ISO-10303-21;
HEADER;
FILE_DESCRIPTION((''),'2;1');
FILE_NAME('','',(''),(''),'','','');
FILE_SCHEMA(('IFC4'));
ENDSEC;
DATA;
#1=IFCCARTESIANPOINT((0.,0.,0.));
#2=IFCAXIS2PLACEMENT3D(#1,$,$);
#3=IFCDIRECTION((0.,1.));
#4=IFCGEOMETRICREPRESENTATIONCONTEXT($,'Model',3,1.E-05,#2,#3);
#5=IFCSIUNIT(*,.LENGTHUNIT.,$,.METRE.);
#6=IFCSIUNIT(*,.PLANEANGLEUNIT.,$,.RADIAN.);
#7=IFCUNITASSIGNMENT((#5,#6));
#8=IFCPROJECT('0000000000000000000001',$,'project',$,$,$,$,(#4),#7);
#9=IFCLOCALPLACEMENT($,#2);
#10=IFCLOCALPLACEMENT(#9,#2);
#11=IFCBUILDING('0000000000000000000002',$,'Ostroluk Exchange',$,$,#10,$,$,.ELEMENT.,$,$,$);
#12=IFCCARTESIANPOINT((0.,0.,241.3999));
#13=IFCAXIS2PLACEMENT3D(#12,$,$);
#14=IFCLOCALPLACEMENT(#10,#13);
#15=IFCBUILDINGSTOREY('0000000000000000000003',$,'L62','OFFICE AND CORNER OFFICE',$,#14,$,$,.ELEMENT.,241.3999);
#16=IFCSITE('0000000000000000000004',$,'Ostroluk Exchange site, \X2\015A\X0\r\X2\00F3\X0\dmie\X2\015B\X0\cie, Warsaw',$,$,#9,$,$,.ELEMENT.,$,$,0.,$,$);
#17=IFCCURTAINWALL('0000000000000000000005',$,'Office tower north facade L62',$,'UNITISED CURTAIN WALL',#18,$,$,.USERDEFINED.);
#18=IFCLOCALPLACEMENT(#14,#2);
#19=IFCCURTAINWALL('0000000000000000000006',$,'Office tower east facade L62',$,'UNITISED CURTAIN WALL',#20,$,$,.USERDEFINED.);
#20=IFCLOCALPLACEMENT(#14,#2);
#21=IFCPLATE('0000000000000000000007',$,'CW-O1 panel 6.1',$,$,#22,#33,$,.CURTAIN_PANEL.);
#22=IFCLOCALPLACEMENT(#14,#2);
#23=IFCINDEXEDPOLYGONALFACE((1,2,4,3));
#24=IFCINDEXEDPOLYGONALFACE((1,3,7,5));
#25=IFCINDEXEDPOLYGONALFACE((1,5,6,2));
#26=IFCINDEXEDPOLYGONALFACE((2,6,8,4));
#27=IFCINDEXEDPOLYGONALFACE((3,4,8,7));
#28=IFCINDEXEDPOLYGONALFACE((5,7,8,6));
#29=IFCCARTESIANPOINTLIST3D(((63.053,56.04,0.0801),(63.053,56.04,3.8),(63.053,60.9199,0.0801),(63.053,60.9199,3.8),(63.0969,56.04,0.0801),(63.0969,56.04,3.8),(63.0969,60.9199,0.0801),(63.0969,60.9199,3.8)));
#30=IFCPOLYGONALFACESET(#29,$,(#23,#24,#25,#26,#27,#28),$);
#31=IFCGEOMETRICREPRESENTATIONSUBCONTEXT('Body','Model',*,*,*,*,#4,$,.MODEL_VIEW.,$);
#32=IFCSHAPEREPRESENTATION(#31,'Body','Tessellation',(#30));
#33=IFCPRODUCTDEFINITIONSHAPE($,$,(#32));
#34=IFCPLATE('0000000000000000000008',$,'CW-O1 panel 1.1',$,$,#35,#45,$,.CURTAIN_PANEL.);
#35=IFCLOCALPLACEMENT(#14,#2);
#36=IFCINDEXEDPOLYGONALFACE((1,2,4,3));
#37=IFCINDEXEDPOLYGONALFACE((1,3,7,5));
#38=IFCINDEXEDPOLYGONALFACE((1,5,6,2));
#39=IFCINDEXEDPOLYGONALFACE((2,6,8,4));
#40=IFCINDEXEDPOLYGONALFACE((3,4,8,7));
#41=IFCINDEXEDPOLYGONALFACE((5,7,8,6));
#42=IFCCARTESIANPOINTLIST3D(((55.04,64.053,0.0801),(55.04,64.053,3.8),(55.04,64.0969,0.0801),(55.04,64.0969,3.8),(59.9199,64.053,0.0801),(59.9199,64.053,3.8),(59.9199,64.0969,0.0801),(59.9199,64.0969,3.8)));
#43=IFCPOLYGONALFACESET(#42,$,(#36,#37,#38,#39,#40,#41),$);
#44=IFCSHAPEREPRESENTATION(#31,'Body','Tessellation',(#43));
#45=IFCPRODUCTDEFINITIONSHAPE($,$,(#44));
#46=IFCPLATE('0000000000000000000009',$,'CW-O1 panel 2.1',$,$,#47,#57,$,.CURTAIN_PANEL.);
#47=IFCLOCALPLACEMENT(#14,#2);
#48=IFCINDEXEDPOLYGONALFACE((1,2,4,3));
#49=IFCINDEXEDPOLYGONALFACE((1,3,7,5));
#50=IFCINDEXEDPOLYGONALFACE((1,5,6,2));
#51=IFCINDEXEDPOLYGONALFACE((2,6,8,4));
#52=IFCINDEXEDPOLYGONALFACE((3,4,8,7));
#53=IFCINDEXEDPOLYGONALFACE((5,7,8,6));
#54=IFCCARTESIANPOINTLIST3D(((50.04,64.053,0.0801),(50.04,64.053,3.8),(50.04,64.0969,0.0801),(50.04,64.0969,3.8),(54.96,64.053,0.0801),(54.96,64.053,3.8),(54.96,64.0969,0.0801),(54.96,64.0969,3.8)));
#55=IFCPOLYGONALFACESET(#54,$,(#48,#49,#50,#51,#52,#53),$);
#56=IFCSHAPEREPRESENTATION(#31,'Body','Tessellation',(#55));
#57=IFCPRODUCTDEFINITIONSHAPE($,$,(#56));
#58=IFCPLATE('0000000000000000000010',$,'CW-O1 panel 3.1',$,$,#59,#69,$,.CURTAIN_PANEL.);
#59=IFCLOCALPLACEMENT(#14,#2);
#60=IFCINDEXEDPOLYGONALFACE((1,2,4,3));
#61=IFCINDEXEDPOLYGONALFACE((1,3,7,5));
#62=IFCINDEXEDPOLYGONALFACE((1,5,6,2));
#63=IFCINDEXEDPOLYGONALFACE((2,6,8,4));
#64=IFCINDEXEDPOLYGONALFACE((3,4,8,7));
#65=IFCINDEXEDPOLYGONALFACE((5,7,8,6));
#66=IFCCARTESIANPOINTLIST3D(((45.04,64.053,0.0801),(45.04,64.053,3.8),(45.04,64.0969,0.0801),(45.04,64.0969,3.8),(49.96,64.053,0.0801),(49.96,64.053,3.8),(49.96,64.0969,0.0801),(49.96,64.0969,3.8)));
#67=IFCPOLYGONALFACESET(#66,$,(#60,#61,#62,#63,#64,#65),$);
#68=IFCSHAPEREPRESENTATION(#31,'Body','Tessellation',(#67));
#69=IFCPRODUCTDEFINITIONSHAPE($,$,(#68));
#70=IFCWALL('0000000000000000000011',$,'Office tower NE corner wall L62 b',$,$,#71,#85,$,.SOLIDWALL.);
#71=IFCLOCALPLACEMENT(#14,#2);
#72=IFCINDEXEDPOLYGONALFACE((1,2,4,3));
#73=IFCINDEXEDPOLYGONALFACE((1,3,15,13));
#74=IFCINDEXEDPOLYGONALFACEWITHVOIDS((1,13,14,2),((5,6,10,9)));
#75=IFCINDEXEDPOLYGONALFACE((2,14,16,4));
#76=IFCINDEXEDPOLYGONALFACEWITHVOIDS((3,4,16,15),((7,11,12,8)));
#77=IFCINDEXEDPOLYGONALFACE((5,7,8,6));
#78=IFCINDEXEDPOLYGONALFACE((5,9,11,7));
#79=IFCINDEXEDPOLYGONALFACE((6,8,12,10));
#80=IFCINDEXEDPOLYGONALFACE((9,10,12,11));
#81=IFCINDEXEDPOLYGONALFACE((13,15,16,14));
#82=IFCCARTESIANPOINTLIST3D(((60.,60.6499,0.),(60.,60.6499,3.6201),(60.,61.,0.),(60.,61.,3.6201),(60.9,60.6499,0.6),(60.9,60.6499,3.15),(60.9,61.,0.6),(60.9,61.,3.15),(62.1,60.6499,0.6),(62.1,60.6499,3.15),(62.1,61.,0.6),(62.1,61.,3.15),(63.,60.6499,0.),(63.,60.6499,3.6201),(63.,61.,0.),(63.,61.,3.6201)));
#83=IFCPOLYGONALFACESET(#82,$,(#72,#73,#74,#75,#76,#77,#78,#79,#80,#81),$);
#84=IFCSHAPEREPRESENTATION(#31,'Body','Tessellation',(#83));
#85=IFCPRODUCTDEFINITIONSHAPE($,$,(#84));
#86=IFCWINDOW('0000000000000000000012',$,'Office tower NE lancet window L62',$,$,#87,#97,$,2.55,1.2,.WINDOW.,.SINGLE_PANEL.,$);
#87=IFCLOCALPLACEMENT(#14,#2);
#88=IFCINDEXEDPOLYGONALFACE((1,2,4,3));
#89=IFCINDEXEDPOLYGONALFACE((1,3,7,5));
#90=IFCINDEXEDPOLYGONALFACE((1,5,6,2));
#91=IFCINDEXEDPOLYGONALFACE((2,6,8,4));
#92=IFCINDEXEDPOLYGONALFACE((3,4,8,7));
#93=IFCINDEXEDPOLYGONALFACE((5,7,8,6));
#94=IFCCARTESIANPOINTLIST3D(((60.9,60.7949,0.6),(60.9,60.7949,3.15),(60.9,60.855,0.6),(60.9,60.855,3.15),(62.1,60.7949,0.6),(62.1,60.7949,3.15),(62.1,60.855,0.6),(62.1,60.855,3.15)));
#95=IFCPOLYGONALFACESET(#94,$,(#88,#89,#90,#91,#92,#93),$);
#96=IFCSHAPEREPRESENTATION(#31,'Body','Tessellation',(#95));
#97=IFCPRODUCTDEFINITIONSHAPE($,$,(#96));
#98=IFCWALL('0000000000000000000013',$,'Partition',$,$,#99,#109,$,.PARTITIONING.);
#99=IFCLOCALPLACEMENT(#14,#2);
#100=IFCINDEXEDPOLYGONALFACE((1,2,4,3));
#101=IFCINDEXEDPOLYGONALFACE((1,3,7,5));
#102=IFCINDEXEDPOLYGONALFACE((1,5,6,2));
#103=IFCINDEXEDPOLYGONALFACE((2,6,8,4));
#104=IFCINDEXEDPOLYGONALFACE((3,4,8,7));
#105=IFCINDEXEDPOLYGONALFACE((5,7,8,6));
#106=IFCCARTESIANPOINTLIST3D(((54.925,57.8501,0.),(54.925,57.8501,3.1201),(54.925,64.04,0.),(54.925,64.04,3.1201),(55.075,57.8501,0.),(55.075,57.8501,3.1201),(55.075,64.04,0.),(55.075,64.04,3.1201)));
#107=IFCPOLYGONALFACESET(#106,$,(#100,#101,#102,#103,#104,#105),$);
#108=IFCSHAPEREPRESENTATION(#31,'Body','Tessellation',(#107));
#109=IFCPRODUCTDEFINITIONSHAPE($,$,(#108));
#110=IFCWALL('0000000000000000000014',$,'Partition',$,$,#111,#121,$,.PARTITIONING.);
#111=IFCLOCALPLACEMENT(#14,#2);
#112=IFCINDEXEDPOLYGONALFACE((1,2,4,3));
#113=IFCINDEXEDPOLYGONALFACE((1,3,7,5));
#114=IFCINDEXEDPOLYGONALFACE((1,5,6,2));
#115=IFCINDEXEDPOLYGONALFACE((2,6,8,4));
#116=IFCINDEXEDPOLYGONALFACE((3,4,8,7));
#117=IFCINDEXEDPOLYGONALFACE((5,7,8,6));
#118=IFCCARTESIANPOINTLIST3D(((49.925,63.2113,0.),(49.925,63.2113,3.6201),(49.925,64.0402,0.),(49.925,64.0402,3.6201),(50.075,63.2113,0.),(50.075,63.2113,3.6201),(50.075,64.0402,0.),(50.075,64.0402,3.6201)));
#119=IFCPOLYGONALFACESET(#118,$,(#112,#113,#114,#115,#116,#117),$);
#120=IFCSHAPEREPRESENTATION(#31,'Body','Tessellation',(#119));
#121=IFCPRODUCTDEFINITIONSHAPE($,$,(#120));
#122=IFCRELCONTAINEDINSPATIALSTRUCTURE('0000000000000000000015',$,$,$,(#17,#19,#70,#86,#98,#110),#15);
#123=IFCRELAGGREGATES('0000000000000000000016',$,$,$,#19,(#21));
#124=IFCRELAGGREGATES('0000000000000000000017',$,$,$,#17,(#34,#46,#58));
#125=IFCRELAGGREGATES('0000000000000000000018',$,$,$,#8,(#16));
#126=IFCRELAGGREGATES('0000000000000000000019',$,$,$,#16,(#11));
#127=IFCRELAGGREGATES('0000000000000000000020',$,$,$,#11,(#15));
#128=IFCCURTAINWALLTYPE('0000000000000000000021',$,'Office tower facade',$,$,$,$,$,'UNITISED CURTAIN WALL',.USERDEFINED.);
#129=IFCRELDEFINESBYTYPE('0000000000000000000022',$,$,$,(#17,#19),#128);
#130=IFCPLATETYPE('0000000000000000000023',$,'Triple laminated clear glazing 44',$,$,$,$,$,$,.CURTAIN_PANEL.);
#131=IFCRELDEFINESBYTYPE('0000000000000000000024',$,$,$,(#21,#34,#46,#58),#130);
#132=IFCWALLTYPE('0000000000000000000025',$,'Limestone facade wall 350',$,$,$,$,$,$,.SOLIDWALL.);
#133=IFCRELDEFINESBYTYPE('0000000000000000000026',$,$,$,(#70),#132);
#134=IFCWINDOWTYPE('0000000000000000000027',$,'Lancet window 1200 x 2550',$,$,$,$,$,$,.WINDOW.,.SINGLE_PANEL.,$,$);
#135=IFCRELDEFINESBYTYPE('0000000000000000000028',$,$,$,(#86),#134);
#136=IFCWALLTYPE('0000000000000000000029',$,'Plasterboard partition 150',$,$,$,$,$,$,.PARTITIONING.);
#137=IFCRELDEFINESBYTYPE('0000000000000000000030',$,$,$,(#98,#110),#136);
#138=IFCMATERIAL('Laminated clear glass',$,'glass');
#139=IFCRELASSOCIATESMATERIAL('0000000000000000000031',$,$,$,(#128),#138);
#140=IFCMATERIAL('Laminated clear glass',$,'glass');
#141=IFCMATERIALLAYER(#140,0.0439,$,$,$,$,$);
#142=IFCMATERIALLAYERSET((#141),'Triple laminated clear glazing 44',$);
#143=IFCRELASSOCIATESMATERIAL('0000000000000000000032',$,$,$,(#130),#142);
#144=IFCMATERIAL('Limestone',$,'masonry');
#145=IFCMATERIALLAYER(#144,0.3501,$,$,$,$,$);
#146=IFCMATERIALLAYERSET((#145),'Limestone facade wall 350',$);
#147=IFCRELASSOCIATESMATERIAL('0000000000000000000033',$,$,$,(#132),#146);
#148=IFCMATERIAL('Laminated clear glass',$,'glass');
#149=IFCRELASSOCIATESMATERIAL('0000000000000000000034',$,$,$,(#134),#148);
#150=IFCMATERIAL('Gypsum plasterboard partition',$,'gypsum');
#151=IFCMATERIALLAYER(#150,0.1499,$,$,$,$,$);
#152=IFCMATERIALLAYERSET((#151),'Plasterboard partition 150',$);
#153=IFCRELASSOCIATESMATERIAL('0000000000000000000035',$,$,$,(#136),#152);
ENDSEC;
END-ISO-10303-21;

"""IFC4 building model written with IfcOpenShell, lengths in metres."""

from ifc_helpers import new_model, si_unit, direction, frame, frame_2d, origin, origin_2d, place, context, subcontext, project, spatial, rectangle, extrude, material, layer, layer_set, type_object, element, fill, aggregate, save


model = new_model("IFC4")

# Units and contexts
model_context = context("Model", 3, precision=1e-05, world=origin(), true_north=direction((0.0, 1.0)))
body_context = subcontext(model_context, "Body", "Model", "MODEL_VIEW")
ifc_project = project(units=[si_unit("LENGTHUNIT", "METRE"), si_unit("PLANEANGLEUNIT", "RADIAN")], contexts=[model_context])

# Site, building, storey
site_placement = place(None, origin())
site = spatial("IfcSite", under=ifc_project, at=site_placement, Name="Ostroluk Exchange site, Śródmieście, Warsaw", CompositionType="ELEMENT", RefElevation=0.0)
building_placement = place(site_placement, origin())
building = spatial("IfcBuilding", under=site, at=building_placement, Name="Ostroluk Exchange", CompositionType="ELEMENT")
storey_placement = place(building_placement, frame((0.0, 0.0, 241.3999)))
storey = spatial("IfcBuildingStorey", under=building, at=storey_placement, Name="L62", Description="OFFICE AND CORNER OFFICE", CompositionType="ELEMENT", Elevation=241.3999)

# Curtain wall
ifc_material_1 = material(Name="Laminated clear glass", Category="glass")
curtain_wall_type = type_object("IfcCurtainWallType", Name="Office tower facade", ElementType="UNITISED CURTAIN WALL", PredefinedType="USERDEFINED", material=ifc_material_1)
curtain_wall_1_placement = place(storey_placement, origin())
curtain_wall_1 = element("IfcCurtainWall", 1, at=curtain_wall_1_placement, inside=storey, type_object=curtain_wall_type, Name="Office tower north facade L62", ObjectType="UNITISED CURTAIN WALL", PredefinedType="USERDEFINED")

# Curtain wall
curtain_wall_2_placement = place(storey_placement, origin())
curtain_wall_2 = element("IfcCurtainWall", 2, at=curtain_wall_2_placement, inside=storey, type_object=curtain_wall_type, Name="Office tower east facade L62", ObjectType="UNITISED CURTAIN WALL", PredefinedType="USERDEFINED")

# Plates
ifc_material_2 = material(Name="Laminated clear glass", Category="glass")
ifc_layer_1 = layer(ifc_material_2, 0.0439)
ifc_layer_set_1 = layer_set([ifc_layer_1], Name="Triple laminated clear glazing 44")
plate_type_1 = type_object("IfcPlateType", Name="Triple laminated clear glazing 44", PredefinedType="CURTAIN_PANEL", material=ifc_layer_set_1)
plate_1_placement = place(storey_placement, frame((63.075, 58.48, 0.0801), z_axis=(0.0, 0.0, 1.0), x_axis=(0.0, 1.0, 0.0)))
plate_1 = element("IfcPlate", 3, at=plate_1_placement, type_object=plate_type_1, Name="CW-O1 panel 6.1", PredefinedType="CURTAIN_PANEL", context=body_context, shape_type="SweptSolid", body=[
    extrude(rectangle(XDim=4.8799, YDim=0.0439, at=origin_2d()), origin(), (0.0, 0.0, 1.0), 3.72),
])
aggregate(curtain_wall_2, [plate_1])
plate_2_placement = place(storey_placement, frame((57.48, 64.075, 0.0801), z_axis=(0.0, 0.0, 1.0), x_axis=(-1.0, 0.0, 0.0)))
plate_2 = element("IfcPlate", 4, at=plate_2_placement, type_object=plate_type_1, Name="CW-O1 panel 1.1", PredefinedType="CURTAIN_PANEL", context=body_context, shape_type="SweptSolid", body=[
    extrude(rectangle(XDim=4.8799, YDim=0.0439, at=origin_2d()), origin(), (0.0, 0.0, 1.0), 3.72),
])
plate_3_placement = place(storey_placement, frame((52.5, 64.075, 0.0801), z_axis=(0.0, 0.0, 1.0), x_axis=(-1.0, 0.0, 0.0)))
plate_3 = element("IfcPlate", 5, at=plate_3_placement, type_object=plate_type_1, Name="CW-O1 panel 2.1", PredefinedType="CURTAIN_PANEL", context=body_context, shape_type="SweptSolid", body=[
    extrude(rectangle(XDim=4.9199, YDim=0.0439, at=origin_2d()), origin(), (0.0, 0.0, 1.0), 3.72),
])
plate_4_placement = place(storey_placement, frame((47.5, 64.075, 0.0801), z_axis=(0.0, 0.0, 1.0), x_axis=(-1.0, 0.0, 0.0)))
plate_4 = element("IfcPlate", 6, at=plate_4_placement, type_object=plate_type_1, Name="CW-O1 panel 3.1", PredefinedType="CURTAIN_PANEL", context=body_context, shape_type="SweptSolid", body=[
    extrude(rectangle(XDim=4.9199, YDim=0.0439, at=origin_2d()), origin(), (0.0, 0.0, 1.0), 3.72),
])
aggregate(curtain_wall_1, [plate_2, plate_3, plate_4])

# Shared definitions
ifc_material_3 = material(Name="Limestone", Category="masonry")
ifc_layer_2 = layer(ifc_material_3, 0.3501)
ifc_layer_set_2 = layer_set([ifc_layer_2], Name="Limestone facade wall 350")
wall_type_1 = type_object("IfcWallType", Name="Limestone facade wall 350", PredefinedType="SOLIDWALL", material=ifc_layer_set_2)

# Wall, opening, window
wall_1_placement = place(storey_placement, frame((60.0, 60.825, 0.0), z_axis=(0.0, 0.0, 1.0), x_axis=(1.0, 0.0, 0.0)))
wall_1 = element("IfcWall", 7, at=wall_1_placement, inside=storey, type_object=wall_type_1, Name="Office tower NE corner wall L62 b", PredefinedType="SOLIDWALL", context=body_context, shape_type="SweptSolid", body=[
    extrude(rectangle(XDim=3.0, YDim=0.3501, at=frame_2d((1.5, 0.0))), origin(), (0.0, 0.0, 1.0), 3.6201),
])
opening_1_placement = place(wall_1_placement, frame((0.8999, 0.0, 0.6001)))
opening_1 = element("IfcOpeningElement", 8, at=opening_1_placement, cuts=wall_1, PredefinedType="OPENING", context=body_context, shape_type="SweptSolid", body=[
    extrude(rectangle(XDim=1.2, YDim=2.55, at=frame_2d((0.6001, 1.2749))), frame((0.0, 0.1851, 0.0), z_axis=(0.0, -1.0, 0.0), x_axis=(1.0, 0.0, 0.0)), (0.0, 0.0, 1.0), 0.3701),
])
ifc_material_4 = material(Name="Laminated clear glass", Category="glass")
window_type = type_object("IfcWindowType", Name="Lancet window 1200 x 2550", PartitioningType="SINGLE_PANEL", PredefinedType="WINDOW", material=ifc_material_4)
window_placement = place(opening_1_placement, origin())
window = element("IfcWindow", 9, at=window_placement, inside=storey, type_object=window_type, Name="Office tower NE lancet window L62", OverallHeight=2.55, OverallWidth=1.2, PartitioningType="SINGLE_PANEL", PredefinedType="WINDOW", context=body_context, shape_type="SweptSolid", body=[
    extrude(rectangle(XDim=1.2, YDim=2.55, at=frame_2d((0.6001, 1.2749))), frame((0.0, 0.03, 0.0), z_axis=(0.0, -1.0, 0.0), x_axis=(1.0, 0.0, 0.0)), (0.0, 0.0, 1.0), 0.0601),
])
fill(opening_1, window)

# Walls
ifc_material_5 = material(Name="Gypsum plasterboard partition", Category="gypsum")
ifc_layer_3 = layer(ifc_material_5, 0.1499)
ifc_layer_set_3 = layer_set([ifc_layer_3], Name="Plasterboard partition 150")
wall_type_2 = type_object("IfcWallType", Name="Plasterboard partition 150", PredefinedType="PARTITIONING", material=ifc_layer_set_3)
wall_2_placement = place(storey_placement, frame((55.0, 57.8501, 0.0), z_axis=(0.0, 0.0, 1.0), x_axis=(0.0, 1.0, 0.0)))
element("IfcWall", 10, at=wall_2_placement, inside=storey, type_object=wall_type_2, Name="Partition", PredefinedType="PARTITIONING", context=body_context, shape_type="SweptSolid", body=[
    extrude(rectangle(XDim=6.1899, YDim=0.1499, at=frame_2d((3.095, 0.0))), origin(), (0.0, 0.0, 1.0), 3.1201),
])
wall_3_placement = place(storey_placement, frame((50.0, 63.2112, 0.0), z_axis=(0.0, 0.0, 1.0), x_axis=(0.0, 1.0, 0.0)))
element("IfcWall", 11, at=wall_3_placement, inside=storey, type_object=wall_type_2, Name="Partition", PredefinedType="PARTITIONING", context=body_context, shape_type="SweptSolid", body=[
    extrude(rectangle(XDim=0.8289, YDim=0.1499, at=frame_2d((0.4146, 0.0))), origin(), (0.0, 0.0, 1.0), 3.6201),
])

save(model, "model.ifc")
